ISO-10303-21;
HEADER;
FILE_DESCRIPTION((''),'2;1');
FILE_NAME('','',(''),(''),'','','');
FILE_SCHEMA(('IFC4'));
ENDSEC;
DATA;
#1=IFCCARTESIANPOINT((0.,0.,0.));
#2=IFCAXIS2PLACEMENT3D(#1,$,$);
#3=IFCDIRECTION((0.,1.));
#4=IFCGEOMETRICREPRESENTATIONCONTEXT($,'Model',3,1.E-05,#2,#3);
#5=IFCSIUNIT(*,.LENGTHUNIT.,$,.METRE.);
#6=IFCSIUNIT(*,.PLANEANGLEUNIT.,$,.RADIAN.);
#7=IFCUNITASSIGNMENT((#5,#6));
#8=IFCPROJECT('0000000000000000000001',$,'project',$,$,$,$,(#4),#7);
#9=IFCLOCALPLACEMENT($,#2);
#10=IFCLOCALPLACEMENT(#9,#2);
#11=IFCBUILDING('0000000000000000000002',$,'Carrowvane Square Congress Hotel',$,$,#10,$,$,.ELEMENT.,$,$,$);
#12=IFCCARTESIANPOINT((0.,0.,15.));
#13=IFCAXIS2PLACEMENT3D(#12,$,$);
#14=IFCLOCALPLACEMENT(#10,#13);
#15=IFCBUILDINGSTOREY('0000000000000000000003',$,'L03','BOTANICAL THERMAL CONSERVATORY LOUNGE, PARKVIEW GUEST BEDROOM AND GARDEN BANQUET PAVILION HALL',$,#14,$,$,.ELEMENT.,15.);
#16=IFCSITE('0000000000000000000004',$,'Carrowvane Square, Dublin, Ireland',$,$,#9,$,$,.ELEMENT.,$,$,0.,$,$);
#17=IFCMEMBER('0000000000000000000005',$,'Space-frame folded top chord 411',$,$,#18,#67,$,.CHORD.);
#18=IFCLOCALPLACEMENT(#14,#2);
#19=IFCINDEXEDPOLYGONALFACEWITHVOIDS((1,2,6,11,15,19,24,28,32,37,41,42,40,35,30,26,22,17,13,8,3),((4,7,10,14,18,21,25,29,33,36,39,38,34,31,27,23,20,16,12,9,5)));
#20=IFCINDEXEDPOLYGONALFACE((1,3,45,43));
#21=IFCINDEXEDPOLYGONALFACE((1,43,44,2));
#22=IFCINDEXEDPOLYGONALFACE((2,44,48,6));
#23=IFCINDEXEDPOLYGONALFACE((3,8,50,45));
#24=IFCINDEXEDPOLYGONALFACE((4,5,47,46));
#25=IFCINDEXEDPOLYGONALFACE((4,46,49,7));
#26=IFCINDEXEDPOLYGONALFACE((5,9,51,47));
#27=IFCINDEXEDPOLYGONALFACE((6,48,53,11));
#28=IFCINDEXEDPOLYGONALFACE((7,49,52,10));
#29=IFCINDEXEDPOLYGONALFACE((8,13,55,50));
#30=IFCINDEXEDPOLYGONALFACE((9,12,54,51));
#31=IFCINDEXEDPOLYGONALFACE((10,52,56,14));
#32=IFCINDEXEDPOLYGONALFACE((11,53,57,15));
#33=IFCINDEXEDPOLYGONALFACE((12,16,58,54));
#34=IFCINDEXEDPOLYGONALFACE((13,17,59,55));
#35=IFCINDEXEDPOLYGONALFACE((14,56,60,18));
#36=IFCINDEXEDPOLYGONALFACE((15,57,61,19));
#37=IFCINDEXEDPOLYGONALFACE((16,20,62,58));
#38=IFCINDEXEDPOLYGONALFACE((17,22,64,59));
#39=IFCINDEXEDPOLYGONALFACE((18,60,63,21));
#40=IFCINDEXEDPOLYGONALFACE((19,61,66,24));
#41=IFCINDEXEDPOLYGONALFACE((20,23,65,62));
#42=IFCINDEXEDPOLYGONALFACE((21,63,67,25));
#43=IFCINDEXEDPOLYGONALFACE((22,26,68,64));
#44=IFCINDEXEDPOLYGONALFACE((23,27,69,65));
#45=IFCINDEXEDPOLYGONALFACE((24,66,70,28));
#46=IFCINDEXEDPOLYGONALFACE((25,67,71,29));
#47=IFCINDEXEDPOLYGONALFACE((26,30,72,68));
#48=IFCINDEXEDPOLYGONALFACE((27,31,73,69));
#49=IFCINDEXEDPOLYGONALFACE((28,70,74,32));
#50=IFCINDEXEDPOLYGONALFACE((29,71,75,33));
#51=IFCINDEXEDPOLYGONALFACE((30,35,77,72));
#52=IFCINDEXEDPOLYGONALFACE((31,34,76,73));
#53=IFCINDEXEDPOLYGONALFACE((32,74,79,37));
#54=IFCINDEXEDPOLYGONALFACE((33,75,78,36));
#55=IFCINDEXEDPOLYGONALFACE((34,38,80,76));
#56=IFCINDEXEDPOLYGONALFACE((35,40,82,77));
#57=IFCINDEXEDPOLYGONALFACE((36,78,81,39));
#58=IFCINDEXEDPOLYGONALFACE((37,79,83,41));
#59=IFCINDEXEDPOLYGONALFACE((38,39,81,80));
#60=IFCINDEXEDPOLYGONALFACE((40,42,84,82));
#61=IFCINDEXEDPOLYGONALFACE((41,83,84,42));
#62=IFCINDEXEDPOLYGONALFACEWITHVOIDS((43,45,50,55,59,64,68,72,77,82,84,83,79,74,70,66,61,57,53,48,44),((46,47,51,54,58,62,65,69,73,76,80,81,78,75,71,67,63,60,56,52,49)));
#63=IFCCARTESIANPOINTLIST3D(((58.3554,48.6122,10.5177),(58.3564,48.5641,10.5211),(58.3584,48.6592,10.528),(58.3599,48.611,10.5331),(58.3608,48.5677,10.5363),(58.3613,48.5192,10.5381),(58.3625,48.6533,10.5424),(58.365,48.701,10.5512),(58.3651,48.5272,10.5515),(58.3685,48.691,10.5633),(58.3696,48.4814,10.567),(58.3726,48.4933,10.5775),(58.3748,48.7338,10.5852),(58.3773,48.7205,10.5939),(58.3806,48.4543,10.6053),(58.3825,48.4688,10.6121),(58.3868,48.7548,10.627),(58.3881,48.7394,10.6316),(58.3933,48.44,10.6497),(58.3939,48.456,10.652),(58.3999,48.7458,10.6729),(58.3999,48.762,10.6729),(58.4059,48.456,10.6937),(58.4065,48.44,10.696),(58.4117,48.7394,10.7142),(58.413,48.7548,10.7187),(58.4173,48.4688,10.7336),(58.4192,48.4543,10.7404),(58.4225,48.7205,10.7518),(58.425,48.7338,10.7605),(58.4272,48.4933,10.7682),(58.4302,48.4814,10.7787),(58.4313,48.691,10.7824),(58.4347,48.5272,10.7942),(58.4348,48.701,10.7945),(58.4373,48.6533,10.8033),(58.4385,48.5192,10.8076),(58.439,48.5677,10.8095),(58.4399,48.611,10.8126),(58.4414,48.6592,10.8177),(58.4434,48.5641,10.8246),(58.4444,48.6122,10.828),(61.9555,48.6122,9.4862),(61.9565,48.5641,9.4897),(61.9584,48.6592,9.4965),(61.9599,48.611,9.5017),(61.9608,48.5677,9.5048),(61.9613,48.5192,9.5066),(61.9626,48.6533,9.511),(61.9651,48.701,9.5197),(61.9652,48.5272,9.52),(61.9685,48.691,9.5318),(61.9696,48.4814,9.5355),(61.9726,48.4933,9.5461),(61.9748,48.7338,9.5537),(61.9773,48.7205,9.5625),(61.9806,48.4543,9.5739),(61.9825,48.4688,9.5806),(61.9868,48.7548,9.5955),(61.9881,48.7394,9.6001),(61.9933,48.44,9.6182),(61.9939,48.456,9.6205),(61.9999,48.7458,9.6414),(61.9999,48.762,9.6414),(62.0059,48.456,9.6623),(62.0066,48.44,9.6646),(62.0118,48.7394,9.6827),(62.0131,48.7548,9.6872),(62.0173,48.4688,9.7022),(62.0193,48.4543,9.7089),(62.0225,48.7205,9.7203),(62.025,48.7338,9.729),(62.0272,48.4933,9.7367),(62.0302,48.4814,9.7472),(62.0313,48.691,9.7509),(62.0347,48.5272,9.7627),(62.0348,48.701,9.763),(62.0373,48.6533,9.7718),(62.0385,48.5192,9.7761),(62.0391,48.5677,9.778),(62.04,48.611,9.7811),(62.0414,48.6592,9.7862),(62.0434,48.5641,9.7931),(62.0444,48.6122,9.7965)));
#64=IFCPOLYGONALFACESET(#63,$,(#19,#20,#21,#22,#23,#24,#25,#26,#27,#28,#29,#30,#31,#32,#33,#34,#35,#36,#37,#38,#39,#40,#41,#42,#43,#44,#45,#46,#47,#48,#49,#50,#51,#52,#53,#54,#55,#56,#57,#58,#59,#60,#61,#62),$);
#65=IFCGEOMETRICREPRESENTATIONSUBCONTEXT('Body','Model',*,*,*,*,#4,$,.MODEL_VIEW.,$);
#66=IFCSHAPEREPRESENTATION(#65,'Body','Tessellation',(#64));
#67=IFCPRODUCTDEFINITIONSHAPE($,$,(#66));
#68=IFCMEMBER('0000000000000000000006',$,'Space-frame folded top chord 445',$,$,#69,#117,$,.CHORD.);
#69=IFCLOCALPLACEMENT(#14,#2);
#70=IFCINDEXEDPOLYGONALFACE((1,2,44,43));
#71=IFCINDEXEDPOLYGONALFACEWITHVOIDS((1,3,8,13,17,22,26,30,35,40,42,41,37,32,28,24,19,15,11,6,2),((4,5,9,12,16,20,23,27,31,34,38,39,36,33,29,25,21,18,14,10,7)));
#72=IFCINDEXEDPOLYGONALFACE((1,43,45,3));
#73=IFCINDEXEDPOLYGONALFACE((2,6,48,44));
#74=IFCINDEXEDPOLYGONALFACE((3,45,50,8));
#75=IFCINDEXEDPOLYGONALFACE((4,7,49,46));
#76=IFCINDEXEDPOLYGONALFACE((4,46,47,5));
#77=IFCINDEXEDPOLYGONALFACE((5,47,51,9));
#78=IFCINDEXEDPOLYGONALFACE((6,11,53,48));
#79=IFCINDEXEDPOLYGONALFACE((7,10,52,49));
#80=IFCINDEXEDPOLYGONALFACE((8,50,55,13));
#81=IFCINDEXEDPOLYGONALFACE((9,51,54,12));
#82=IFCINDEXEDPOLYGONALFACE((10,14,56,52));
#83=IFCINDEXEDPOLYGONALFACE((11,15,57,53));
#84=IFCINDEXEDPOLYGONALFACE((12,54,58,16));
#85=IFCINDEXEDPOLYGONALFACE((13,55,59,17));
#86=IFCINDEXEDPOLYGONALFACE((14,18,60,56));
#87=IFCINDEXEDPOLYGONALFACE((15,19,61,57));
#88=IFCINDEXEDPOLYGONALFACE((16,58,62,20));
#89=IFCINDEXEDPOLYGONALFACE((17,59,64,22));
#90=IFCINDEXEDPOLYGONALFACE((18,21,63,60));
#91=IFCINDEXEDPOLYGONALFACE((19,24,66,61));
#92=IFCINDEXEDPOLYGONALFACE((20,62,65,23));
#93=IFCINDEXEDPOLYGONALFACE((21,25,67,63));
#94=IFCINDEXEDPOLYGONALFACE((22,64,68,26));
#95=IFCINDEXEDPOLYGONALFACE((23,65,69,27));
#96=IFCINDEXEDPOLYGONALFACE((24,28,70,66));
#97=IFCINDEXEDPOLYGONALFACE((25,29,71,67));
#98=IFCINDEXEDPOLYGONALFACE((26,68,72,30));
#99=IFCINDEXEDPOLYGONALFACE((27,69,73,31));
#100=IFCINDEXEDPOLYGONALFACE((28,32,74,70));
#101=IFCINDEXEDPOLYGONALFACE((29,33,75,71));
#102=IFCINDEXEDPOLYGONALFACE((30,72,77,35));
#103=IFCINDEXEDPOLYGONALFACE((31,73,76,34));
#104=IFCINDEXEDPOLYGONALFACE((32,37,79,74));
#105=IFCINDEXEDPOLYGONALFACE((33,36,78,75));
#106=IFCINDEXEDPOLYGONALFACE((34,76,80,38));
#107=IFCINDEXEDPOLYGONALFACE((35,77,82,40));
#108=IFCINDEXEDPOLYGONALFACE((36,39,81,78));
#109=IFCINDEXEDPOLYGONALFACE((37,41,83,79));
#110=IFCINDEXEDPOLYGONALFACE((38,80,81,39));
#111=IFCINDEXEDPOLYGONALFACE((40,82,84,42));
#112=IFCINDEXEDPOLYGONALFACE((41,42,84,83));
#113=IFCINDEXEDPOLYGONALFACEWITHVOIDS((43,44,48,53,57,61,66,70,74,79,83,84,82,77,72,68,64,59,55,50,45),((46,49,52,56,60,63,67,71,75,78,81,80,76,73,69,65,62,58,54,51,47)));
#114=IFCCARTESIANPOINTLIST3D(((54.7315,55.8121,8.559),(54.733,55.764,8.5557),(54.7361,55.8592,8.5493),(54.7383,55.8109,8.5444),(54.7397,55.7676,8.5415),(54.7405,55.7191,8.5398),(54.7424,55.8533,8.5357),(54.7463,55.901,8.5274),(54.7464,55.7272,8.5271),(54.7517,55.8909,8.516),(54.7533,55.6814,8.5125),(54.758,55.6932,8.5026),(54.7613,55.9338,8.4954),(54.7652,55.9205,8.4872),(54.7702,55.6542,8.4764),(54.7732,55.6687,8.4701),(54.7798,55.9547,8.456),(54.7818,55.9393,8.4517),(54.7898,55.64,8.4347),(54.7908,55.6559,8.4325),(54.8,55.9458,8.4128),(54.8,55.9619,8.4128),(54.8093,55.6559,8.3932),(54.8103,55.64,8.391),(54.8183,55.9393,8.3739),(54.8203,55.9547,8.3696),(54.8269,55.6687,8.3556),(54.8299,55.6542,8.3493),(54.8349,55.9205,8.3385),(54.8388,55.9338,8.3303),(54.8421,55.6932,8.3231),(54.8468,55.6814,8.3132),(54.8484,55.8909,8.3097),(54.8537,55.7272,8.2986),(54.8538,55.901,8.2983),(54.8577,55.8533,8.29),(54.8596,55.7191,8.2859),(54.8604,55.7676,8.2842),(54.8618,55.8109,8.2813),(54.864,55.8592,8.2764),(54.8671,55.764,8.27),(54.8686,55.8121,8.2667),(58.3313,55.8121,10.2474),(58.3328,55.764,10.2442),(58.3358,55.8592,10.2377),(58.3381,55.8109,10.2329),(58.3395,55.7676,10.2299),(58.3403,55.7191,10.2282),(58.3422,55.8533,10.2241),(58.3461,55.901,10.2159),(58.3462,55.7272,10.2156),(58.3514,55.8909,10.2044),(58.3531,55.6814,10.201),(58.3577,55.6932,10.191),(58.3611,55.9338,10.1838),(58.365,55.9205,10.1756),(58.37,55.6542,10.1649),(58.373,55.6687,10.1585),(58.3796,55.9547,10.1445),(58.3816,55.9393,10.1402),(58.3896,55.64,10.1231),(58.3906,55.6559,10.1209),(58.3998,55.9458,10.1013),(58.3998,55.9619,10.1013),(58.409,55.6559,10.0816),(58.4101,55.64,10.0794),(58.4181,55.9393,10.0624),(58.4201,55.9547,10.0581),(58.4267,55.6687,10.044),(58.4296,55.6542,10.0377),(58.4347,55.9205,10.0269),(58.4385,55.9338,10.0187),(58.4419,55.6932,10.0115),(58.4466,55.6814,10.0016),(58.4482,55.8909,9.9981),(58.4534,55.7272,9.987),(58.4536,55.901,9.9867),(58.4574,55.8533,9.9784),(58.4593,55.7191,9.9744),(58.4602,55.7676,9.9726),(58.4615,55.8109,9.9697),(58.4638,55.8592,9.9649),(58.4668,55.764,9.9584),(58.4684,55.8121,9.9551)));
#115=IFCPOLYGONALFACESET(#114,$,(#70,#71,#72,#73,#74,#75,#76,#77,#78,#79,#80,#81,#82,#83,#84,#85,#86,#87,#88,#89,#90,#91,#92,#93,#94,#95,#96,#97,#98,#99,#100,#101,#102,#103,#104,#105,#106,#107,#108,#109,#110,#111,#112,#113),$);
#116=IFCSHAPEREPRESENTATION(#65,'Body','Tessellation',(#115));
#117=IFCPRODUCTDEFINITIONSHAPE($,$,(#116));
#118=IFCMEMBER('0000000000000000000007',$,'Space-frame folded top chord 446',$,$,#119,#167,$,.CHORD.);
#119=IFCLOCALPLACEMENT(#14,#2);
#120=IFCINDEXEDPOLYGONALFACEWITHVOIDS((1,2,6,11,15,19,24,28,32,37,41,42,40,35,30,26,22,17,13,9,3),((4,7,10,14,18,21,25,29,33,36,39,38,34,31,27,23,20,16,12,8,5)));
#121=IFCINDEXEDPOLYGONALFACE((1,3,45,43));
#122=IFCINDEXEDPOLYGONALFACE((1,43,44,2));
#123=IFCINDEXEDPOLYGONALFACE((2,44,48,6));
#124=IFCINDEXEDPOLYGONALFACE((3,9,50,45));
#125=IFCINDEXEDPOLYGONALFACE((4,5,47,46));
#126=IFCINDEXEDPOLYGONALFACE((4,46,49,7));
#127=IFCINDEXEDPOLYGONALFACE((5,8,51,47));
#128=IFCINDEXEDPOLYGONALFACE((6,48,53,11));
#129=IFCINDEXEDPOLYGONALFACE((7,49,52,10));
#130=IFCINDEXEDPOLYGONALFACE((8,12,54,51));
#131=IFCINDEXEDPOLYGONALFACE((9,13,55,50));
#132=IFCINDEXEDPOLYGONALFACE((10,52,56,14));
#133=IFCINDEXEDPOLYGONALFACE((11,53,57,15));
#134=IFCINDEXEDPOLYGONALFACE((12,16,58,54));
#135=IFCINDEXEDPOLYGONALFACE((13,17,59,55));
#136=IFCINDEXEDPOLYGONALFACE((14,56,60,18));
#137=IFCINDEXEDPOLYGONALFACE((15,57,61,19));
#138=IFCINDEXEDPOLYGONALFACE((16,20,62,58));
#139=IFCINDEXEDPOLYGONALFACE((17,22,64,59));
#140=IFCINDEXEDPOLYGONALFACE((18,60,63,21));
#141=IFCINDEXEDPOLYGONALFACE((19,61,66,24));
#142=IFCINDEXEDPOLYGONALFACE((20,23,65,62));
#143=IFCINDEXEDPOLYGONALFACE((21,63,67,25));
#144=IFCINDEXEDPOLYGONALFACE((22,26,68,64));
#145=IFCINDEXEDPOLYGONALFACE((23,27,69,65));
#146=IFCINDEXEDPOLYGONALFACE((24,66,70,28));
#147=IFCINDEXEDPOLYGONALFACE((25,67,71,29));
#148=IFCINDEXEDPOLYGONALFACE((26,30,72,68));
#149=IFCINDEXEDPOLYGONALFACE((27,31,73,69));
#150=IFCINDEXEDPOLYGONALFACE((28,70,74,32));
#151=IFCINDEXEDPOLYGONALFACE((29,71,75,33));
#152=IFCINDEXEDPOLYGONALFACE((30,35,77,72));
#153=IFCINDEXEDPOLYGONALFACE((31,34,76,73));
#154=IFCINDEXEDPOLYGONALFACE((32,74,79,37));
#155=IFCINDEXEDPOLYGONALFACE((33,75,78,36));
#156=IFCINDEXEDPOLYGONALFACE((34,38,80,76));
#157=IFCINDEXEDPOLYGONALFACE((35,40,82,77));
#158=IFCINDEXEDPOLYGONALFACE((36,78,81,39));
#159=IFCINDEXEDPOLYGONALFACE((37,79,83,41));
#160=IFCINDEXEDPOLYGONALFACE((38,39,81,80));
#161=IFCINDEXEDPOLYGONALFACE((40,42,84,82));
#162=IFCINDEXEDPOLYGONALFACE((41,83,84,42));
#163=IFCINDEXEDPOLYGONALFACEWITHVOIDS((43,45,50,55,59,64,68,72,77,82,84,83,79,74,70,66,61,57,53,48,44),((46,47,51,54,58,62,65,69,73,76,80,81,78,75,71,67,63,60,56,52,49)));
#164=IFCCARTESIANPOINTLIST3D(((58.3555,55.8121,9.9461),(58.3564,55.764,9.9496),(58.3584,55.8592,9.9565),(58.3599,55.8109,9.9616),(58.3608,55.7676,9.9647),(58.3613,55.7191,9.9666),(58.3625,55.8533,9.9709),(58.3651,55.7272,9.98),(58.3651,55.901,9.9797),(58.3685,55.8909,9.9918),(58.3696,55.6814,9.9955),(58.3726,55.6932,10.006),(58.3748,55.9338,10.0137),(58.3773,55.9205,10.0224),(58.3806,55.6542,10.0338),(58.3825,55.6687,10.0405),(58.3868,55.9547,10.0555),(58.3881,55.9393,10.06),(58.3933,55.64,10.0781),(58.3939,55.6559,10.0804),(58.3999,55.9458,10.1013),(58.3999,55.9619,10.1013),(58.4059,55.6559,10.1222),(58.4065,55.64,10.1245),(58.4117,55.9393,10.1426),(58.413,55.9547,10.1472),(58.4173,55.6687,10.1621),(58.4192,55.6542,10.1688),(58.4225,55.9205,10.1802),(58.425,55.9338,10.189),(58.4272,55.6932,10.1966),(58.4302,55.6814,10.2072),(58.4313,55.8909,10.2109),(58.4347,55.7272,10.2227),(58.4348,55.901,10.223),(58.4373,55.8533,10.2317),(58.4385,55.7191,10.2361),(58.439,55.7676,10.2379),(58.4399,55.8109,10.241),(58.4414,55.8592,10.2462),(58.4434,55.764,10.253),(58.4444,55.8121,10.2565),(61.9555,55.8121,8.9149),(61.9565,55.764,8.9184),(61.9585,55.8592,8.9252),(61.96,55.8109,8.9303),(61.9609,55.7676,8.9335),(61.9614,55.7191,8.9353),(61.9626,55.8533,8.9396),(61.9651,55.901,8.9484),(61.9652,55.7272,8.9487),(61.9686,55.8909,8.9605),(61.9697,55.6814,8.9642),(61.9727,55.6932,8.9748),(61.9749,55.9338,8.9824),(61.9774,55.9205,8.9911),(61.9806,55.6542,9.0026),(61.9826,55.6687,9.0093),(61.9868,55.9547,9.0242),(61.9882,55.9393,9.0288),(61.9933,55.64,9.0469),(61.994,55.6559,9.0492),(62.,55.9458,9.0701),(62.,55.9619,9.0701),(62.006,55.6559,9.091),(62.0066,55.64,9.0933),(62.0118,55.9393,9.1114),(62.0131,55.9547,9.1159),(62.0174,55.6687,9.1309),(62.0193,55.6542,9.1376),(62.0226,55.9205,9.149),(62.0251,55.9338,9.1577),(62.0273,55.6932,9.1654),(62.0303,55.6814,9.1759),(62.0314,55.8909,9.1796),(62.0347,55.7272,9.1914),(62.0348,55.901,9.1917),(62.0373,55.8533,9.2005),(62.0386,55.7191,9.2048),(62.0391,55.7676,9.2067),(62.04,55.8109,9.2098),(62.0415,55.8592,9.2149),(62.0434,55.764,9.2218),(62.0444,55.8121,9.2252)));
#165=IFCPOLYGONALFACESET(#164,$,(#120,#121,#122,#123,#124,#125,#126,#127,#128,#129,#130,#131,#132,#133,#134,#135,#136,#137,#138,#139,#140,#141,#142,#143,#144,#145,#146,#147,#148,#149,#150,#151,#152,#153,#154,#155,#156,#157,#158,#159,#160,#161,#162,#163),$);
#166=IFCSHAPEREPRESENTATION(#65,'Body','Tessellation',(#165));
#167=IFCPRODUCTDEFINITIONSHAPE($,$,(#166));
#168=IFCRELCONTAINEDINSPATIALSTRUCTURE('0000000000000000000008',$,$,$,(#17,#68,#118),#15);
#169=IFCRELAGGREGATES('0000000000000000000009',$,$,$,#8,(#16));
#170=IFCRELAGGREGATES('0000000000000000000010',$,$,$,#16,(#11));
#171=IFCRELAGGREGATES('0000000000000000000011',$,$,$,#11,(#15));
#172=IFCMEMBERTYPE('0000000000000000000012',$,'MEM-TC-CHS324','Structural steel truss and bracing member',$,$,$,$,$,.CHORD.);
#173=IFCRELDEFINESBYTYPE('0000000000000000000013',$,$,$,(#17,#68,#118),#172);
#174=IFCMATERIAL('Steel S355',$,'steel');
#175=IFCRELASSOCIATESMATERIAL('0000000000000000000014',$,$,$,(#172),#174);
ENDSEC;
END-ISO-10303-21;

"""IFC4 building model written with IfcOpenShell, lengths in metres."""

from ifc_helpers import new_model, si_unit, direction, frame, origin, origin_2d, place, context, subcontext, project, spatial, hollow_circle, extrude, material, material_profile, profile_set, type_object, element, save


model = new_model("IFC4")

# Units and contexts
model_context = context("Model", 3, precision=1e-05, world=origin(), true_north=direction((0.0, 1.0)))
body_context = subcontext(model_context, "Body", "Model", "MODEL_VIEW")
ifc_project = project(units=[si_unit("LENGTHUNIT", "METRE"), si_unit("PLANEANGLEUNIT", "RADIAN")], contexts=[model_context])

# Site, building, storey
site_placement = place(None, origin())
site = spatial("IfcSite", under=ifc_project, at=site_placement, Name="Carrowvane Square, Dublin, Ireland", CompositionType="ELEMENT", RefElevation=0.0)
building_placement = place(site_placement, origin())
building = spatial("IfcBuilding", under=site, at=building_placement, Name="Carrowvane Square Congress Hotel", CompositionType="ELEMENT")
storey_placement = place(building_placement, frame((0.0, 0.0, 15.0)))
storey = spatial("IfcBuildingStorey", under=building, at=storey_placement, Name="L03", Description="BOTANICAL THERMAL CONSERVATORY LOUNGE, PARKVIEW GUEST BEDROOM AND GARDEN BANQUET PAVILION HALL", CompositionType="ELEMENT", Elevation=15.0)

# Members
ifc_material_1 = material(Name="Steel S355", Category="steel")
ifc_material_profile_1 = material_profile(ifc_material_1, hollow_circle(Radius=0.1619, WallThickness=0.0161, at=origin_2d()), Name="CHS 323.9x16")
ifc_profile_set_1 = profile_set([ifc_material_profile_1], Name="Steel S355")
member_type_1 = type_object("IfcMemberType", Name="MEM-TC-CHS324", Description="Structural steel truss and bracing member", PredefinedType="CHORD", material=ifc_profile_set_1)
member_1_placement = place(storey_placement, frame((58.3999, 48.6001, 10.6729), z_axis=(0.961319, 0.0, -0.275436), x_axis=(0.0, 1.0, 0.0)))
element("IfcMember", 1, at=member_1_placement, inside=storey, type_object=member_type_1, Name="Space-frame folded top chord 411", PredefinedType="CHORD", context=body_context, shape_type="SweptSolid", body=[
    extrude(hollow_circle(Radius=0.1619, WallThickness=0.0161, at=origin_2d()), origin(), (0.0, 0.0, 1.0), 3.7449),
])
member_2_placement = place(storey_placement, frame((54.8, 55.8, 8.4128), z_axis=(0.905358, 0.0, 0.424649), x_axis=(0.0, 1.0, 0.0)))
element("IfcMember", 2, at=member_2_placement, inside=storey, type_object=member_type_1, Name="Space-frame folded top chord 445", PredefinedType="CHORD", context=body_context, shape_type="SweptSolid", body=[
    extrude(hollow_circle(Radius=0.1619, WallThickness=0.0161, at=origin_2d()), origin(), (0.0, 0.0, 1.0), 3.9761),
])
member_3_placement = place(storey_placement, frame((58.3999, 55.8, 10.1013), z_axis=(0.961337, 0.0, -0.275375), x_axis=(0.0, 1.0, 0.0)))
element("IfcMember", 3, at=member_3_placement, inside=storey, type_object=member_type_1, Name="Space-frame folded top chord 446", PredefinedType="CHORD", context=body_context, shape_type="SweptSolid", body=[
    extrude(hollow_circle(Radius=0.1619, WallThickness=0.0161, at=origin_2d()), origin(), (0.0, 0.0, 1.0), 3.7449),
])

save(model, "model.ifc")
